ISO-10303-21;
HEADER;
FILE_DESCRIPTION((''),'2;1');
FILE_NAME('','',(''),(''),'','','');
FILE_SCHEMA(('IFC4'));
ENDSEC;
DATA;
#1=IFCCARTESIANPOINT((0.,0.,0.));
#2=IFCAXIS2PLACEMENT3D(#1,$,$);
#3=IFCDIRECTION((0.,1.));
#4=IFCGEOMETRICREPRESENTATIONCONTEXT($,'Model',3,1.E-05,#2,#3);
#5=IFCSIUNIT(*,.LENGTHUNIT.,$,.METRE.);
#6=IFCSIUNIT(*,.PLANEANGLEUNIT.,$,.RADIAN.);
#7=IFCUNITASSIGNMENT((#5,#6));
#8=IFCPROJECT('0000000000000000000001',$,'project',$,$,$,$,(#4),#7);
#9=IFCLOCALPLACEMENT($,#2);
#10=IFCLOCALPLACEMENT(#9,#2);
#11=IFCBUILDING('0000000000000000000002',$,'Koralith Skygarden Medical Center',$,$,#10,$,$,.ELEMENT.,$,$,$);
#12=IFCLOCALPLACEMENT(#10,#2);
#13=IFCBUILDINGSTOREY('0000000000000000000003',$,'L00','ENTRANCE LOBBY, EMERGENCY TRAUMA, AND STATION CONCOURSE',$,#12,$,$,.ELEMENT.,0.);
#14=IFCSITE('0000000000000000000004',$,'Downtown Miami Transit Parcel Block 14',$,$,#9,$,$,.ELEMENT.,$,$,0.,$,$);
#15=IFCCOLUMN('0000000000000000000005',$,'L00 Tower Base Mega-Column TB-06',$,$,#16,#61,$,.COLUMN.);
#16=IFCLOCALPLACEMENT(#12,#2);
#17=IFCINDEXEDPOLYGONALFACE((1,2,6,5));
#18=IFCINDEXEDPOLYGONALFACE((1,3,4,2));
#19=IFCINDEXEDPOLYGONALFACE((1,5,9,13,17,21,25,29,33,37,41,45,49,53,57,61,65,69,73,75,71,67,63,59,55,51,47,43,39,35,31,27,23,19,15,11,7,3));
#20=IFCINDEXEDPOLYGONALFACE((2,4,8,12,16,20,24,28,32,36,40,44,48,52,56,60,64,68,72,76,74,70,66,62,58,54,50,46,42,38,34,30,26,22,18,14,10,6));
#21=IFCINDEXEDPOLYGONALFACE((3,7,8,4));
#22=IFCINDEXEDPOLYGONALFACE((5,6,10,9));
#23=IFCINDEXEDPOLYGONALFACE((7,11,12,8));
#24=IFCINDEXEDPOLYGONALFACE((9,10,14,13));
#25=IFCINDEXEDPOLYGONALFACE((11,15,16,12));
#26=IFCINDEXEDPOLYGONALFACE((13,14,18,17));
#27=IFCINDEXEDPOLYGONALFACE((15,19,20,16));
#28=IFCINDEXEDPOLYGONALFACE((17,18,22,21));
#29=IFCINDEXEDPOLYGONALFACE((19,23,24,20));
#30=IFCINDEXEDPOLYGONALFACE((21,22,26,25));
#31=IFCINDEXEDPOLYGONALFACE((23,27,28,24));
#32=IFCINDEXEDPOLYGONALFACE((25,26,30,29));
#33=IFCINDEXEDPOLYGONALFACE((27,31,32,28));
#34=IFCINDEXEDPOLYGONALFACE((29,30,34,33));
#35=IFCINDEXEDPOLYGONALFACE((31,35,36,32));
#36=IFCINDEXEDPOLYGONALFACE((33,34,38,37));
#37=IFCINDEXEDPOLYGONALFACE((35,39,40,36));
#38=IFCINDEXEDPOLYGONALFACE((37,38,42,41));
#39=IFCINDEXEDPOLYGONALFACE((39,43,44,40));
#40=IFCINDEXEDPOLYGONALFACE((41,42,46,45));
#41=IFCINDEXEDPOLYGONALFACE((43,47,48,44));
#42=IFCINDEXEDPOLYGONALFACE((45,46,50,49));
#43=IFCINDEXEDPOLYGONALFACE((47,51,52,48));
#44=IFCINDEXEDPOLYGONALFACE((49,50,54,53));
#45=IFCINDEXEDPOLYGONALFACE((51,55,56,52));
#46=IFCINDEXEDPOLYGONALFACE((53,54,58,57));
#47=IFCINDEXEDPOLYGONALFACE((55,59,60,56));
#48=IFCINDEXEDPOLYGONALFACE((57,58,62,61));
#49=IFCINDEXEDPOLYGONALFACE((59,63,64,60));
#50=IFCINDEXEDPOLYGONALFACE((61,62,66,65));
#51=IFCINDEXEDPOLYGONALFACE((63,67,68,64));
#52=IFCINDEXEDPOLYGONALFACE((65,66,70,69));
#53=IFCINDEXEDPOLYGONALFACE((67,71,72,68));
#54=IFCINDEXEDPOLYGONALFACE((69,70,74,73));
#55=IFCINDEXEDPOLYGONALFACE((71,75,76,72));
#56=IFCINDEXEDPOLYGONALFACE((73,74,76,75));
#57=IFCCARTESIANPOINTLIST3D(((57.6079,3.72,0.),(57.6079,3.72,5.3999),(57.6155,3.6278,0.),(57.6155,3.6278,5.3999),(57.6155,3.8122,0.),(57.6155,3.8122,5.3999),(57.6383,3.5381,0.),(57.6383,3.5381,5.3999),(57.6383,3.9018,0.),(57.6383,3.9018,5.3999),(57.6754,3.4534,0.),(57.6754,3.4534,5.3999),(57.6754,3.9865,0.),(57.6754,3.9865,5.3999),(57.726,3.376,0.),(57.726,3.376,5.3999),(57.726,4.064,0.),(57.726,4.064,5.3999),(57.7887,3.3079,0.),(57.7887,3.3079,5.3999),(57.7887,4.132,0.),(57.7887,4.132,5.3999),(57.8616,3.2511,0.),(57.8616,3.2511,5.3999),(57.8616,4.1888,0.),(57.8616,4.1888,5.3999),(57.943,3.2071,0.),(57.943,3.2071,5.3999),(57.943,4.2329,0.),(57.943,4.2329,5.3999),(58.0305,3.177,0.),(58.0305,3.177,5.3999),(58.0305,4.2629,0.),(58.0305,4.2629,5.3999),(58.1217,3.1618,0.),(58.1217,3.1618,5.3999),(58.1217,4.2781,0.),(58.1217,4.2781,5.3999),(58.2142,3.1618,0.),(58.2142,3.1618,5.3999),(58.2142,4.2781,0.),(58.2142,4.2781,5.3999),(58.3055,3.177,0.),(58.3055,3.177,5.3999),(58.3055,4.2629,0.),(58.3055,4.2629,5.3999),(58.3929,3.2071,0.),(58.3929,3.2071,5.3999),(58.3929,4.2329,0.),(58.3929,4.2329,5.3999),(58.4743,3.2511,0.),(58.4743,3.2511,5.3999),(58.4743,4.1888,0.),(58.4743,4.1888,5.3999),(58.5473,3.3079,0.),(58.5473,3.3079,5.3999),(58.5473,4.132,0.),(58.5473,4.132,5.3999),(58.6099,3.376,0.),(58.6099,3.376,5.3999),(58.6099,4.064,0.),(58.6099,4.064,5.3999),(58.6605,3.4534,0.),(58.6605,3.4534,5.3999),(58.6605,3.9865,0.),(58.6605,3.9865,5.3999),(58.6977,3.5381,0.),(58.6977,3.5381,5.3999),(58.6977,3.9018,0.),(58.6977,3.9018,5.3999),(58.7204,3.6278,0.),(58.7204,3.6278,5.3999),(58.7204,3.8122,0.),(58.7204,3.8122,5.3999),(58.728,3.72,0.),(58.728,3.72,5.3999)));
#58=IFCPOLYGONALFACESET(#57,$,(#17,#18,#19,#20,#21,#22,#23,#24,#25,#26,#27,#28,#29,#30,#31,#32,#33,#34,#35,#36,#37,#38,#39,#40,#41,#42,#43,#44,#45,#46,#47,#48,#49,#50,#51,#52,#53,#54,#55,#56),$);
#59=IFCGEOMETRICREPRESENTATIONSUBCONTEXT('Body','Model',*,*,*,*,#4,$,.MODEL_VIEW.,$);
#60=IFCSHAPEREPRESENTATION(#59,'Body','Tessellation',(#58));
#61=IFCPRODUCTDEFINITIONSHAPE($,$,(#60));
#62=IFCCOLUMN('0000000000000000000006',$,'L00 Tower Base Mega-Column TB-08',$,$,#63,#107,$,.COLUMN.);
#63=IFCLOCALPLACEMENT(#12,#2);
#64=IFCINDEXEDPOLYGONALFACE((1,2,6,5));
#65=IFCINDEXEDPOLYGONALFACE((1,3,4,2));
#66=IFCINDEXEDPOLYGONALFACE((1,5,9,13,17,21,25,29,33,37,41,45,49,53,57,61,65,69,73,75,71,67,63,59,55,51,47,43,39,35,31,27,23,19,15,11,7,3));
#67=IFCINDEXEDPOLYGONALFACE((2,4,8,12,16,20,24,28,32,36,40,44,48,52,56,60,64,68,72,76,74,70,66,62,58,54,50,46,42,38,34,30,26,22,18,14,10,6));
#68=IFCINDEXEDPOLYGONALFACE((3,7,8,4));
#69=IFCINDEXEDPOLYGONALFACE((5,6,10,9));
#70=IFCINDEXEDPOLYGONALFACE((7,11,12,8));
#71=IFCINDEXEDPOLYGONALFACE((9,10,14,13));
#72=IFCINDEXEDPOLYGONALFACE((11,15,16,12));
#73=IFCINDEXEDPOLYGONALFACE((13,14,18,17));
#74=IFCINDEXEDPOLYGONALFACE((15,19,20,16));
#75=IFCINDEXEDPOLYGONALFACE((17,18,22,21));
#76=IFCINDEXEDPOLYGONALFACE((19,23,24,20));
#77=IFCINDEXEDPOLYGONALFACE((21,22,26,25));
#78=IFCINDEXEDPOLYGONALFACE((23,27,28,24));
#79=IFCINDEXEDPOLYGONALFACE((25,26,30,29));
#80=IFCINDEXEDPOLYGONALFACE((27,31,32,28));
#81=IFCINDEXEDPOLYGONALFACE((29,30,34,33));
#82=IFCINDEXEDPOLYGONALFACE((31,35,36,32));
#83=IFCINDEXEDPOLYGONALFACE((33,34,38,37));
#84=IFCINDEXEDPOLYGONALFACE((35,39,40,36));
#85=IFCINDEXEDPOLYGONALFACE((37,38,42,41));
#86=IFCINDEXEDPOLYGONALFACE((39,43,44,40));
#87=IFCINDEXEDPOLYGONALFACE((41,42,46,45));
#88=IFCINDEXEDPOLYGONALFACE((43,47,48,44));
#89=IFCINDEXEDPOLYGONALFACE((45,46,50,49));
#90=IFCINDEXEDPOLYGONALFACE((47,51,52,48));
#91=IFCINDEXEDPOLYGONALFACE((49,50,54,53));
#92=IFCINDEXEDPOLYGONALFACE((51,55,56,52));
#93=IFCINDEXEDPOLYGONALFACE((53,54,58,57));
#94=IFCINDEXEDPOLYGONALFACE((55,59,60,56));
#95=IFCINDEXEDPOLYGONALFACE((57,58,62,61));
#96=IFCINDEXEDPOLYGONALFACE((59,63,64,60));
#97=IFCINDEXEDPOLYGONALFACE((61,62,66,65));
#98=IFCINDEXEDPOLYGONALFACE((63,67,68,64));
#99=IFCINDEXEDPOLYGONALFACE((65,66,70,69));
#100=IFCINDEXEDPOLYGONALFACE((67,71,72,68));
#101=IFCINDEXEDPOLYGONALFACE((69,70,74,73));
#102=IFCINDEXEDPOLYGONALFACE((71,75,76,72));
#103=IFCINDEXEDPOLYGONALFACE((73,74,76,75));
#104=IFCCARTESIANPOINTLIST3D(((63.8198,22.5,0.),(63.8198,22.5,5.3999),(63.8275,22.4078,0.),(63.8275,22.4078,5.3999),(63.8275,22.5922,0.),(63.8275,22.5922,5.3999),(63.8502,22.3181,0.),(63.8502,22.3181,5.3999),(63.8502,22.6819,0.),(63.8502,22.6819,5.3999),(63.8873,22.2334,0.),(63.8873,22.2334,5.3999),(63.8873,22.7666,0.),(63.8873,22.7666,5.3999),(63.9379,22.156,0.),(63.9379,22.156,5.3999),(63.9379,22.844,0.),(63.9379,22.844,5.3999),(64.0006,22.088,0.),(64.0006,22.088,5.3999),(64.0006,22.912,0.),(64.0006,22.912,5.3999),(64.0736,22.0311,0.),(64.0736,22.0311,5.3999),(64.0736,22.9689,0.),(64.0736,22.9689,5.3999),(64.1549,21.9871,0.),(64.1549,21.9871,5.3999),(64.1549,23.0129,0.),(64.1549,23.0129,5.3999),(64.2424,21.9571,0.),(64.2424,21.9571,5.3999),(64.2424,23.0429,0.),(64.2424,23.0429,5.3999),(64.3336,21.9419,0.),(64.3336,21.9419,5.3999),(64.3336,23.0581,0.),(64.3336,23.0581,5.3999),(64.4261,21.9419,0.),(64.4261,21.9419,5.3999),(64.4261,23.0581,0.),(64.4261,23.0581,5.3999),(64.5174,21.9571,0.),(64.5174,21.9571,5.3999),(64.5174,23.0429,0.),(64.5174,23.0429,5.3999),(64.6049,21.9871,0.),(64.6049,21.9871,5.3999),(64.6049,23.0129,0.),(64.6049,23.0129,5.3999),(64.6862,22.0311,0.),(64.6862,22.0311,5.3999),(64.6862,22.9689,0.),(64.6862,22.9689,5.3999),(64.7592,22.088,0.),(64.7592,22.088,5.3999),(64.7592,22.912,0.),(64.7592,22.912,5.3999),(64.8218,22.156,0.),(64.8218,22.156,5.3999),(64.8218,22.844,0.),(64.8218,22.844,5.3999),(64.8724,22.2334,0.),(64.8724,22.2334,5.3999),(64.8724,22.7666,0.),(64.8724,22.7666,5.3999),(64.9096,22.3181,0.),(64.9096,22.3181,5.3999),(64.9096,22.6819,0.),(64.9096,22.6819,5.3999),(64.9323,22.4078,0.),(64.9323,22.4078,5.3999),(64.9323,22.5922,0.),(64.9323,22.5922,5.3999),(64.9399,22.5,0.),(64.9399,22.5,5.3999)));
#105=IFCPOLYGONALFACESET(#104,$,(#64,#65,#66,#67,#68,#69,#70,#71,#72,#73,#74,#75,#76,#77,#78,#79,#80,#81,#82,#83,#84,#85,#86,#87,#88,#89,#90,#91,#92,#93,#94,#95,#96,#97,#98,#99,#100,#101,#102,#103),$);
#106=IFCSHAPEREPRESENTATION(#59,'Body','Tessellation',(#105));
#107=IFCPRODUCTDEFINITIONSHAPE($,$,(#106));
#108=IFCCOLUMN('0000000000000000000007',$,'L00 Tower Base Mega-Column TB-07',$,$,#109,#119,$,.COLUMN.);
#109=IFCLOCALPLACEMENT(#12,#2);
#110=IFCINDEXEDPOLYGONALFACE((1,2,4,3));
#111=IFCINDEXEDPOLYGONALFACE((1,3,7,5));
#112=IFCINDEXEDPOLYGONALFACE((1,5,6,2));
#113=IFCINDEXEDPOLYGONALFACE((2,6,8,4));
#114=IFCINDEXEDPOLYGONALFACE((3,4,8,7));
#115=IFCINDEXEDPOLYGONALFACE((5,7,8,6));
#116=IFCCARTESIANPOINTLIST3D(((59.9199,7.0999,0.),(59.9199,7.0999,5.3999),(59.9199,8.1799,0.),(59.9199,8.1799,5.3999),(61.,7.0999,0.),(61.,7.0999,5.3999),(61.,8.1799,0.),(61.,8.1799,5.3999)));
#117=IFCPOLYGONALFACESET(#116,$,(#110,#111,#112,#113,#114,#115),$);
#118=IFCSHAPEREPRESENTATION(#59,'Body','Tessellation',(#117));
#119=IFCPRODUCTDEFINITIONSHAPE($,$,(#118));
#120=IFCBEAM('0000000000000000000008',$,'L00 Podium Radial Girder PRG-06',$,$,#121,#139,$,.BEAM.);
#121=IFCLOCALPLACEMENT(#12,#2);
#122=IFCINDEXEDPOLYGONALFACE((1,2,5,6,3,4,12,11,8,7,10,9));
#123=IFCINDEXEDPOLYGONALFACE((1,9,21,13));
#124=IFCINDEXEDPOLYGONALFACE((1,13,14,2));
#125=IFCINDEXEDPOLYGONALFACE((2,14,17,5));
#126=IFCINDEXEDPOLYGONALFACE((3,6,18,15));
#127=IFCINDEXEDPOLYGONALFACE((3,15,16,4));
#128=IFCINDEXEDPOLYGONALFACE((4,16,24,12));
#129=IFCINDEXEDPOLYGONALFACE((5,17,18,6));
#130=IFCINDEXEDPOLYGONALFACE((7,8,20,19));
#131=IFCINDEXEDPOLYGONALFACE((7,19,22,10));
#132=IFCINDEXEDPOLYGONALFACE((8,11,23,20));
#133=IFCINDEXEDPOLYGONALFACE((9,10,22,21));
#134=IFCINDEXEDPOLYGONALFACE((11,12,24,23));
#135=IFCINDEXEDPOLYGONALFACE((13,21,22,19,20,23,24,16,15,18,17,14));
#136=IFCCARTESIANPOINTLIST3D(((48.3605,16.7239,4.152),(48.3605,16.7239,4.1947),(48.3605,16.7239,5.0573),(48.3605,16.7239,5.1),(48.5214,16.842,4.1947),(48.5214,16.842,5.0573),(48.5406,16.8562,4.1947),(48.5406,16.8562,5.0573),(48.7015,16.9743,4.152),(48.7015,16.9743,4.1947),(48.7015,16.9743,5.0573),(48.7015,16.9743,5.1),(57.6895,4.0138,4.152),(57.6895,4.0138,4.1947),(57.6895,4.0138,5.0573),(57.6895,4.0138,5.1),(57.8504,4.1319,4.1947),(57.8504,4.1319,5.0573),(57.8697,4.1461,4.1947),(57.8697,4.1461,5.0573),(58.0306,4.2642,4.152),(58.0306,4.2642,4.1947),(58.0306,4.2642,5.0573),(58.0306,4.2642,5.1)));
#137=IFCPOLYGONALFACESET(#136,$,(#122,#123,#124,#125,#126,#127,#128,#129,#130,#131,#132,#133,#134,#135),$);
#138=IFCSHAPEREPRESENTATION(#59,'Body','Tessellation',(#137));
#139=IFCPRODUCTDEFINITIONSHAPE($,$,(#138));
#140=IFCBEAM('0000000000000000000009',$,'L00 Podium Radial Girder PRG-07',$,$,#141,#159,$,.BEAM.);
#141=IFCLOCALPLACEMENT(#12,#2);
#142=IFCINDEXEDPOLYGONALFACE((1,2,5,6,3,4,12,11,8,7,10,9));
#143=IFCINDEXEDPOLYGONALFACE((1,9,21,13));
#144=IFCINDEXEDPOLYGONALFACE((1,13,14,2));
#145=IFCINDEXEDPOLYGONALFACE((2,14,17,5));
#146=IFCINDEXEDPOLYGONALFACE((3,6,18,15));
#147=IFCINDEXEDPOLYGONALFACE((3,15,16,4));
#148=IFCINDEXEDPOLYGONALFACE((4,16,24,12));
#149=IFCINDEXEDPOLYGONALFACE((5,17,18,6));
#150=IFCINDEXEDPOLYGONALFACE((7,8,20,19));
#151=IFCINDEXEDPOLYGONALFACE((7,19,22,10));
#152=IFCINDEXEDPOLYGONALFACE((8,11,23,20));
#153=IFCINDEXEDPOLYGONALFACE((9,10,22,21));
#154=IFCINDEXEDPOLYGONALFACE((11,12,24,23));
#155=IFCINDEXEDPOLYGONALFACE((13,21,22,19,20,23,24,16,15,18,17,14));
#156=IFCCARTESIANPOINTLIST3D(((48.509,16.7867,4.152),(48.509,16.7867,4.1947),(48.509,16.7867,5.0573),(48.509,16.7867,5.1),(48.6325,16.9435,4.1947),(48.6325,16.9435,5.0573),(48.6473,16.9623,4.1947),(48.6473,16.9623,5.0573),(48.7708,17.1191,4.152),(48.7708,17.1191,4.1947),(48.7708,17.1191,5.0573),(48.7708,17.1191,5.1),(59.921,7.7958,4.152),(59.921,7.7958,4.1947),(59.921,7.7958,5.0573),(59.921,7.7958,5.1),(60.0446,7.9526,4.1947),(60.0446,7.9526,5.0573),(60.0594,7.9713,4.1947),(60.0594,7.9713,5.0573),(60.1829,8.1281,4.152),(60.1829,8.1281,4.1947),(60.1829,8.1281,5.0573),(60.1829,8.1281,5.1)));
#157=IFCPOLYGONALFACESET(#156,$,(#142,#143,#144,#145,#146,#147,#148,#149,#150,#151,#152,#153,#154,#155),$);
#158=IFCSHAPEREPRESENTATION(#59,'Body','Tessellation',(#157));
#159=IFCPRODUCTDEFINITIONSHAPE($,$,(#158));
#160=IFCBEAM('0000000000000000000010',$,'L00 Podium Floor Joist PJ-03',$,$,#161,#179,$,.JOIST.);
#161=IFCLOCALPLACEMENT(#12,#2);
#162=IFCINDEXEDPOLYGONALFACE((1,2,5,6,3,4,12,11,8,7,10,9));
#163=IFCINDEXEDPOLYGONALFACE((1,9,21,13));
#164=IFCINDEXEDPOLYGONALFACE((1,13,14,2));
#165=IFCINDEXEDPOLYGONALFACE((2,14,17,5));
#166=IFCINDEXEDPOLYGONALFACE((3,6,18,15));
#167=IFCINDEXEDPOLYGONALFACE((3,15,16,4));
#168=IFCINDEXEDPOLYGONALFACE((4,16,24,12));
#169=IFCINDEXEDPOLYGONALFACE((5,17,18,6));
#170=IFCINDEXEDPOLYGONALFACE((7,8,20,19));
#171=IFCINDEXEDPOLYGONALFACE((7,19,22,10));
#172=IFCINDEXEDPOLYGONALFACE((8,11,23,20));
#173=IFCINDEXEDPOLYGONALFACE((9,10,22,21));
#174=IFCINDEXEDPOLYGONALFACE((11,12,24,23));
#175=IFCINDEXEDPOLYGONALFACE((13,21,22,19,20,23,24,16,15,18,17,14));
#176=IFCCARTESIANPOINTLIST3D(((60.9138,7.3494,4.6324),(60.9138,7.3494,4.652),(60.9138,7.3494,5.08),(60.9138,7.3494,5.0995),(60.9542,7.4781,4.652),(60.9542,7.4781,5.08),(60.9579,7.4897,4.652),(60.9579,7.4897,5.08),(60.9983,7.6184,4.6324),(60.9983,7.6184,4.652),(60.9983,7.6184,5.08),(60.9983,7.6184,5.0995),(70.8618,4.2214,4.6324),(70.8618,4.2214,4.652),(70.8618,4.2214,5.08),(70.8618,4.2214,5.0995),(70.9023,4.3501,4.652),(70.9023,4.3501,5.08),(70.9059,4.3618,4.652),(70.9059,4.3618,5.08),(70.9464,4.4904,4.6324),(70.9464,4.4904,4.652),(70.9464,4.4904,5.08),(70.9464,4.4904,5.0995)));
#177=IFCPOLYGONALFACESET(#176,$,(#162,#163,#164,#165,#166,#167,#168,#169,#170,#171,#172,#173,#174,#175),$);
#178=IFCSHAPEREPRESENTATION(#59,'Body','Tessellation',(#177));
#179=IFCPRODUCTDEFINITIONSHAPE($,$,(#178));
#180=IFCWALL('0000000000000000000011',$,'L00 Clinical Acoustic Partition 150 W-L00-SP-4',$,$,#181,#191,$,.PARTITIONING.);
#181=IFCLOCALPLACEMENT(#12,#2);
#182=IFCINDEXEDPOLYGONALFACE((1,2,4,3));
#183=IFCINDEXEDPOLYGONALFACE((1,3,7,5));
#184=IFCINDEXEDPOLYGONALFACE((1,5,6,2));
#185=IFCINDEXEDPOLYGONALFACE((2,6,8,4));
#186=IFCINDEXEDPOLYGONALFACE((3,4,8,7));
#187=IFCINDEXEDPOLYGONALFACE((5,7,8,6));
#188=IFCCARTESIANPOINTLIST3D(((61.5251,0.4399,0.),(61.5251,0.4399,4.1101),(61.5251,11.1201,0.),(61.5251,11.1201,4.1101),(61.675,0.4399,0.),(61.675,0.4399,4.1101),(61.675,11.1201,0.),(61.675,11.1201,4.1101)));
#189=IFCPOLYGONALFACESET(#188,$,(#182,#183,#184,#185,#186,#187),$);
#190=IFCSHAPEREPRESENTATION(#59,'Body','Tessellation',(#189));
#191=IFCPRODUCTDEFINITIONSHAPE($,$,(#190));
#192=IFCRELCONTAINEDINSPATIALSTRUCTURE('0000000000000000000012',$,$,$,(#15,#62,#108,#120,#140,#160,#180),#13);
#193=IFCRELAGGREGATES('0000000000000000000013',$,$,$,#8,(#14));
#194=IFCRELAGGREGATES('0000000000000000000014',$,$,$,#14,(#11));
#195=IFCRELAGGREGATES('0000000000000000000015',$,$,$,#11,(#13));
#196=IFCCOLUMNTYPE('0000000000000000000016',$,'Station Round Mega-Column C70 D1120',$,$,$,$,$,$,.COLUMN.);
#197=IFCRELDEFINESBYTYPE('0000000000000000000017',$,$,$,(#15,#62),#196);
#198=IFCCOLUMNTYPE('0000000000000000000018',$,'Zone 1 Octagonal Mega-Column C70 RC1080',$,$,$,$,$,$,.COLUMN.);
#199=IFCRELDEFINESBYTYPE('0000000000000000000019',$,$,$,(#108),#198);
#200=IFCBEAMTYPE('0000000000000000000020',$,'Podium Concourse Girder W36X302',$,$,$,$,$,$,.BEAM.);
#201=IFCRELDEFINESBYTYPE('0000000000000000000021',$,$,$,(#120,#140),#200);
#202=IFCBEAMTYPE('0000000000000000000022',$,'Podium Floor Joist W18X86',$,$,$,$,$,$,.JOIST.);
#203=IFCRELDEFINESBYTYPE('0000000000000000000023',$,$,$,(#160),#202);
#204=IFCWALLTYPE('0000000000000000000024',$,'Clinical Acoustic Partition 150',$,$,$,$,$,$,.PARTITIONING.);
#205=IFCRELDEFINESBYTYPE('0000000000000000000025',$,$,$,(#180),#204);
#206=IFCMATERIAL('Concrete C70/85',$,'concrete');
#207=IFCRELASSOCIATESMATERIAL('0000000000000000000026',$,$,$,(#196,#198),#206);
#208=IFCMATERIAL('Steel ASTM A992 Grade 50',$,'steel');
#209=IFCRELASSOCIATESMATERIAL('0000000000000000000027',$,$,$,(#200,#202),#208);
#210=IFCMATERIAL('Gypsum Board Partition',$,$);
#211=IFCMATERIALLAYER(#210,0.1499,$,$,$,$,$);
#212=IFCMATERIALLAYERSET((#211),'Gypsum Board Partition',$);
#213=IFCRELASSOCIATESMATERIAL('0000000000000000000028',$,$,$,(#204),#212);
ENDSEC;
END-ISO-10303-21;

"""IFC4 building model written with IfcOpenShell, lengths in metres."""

from ifc_helpers import new_model, si_unit, direction, frame, frame_2d, origin, origin_2d, place, context, subcontext, project, spatial, rectangle, circle, i_section, extrude, material, layer, layer_set, material_profile, profile_set, type_object, element, save


model = new_model("IFC4")

# Units and contexts
model_context = context("Model", 3, precision=1e-05, world=origin(), true_north=direction((0.0, 1.0)))
body_context = subcontext(model_context, "Body", "Model", "MODEL_VIEW")
ifc_project = project(units=[si_unit("LENGTHUNIT", "METRE"), si_unit("PLANEANGLEUNIT", "RADIAN")], contexts=[model_context])

# Site, building, storey
site_placement = place(None, origin())
site = spatial("IfcSite", under=ifc_project, at=site_placement, Name="Downtown Miami Transit Parcel Block 14", CompositionType="ELEMENT", RefElevation=0.0)
building_placement = place(site_placement, origin())
building = spatial("IfcBuilding", under=site, at=building_placement, Name="Koralith Skygarden Medical Center", CompositionType="ELEMENT")
storey_placement = place(building_placement, origin())
storey = spatial("IfcBuildingStorey", under=building, at=storey_placement, Name="L00", Description="ENTRANCE LOBBY, EMERGENCY TRAUMA, AND STATION CONCOURSE", CompositionType="ELEMENT", Elevation=0.0)

# Columns
ifc_material_1 = material(Name="Concrete C70/85", Category="concrete")
ifc_material_profile_1 = material_profile(ifc_material_1, circle(Radius=0.5601, at=origin_2d()), Name="RCCOL1120")
ifc_profile_set_1 = profile_set([ifc_material_profile_1], Name="Concrete C70/85")
column_type_1 = type_object("IfcColumnType", Name="Station Round Mega-Column C70 D1120", PredefinedType="COLUMN", material=ifc_profile_set_1)
for number, where, z_axis, x_axis, name in (
    (1, (58.168, 3.72, 0.0), (0.0, 0.0, 1.0), (1.0, 0.0, 0.0), "L00 Tower Base Mega-Column TB-06"),
    (2, (64.3799, 22.5, 0.0), (0.0, 0.0, 1.0), (1.0, 0.0, 0.0), "L00 Tower Base Mega-Column TB-08"),
):
    element("IfcColumn", number, at=place(storey_placement, frame(where, z_axis=z_axis, x_axis=x_axis)), inside=storey, type_object=column_type_1, Name=name, PredefinedType="COLUMN", context=body_context, shape_type="SweptSolid", body=[
        extrude(circle(Radius=0.5601, at=origin_2d()), origin(), (0.0, 0.0, 1.0), 5.3999),
    ])
ifc_material_profile_2 = material_profile(ifc_material_1, rectangle(XDim=1.0801, YDim=1.0801, at=origin_2d()), Name="RC1080X1080")
ifc_profile_set_2 = profile_set([ifc_material_profile_2], Name="Concrete C70/85")
column_type_2 = type_object("IfcColumnType", Name="Zone 1 Octagonal Mega-Column C70 RC1080", PredefinedType="COLUMN", material=ifc_profile_set_2)
column_placement = place(storey_placement, frame((60.46, 7.6399, 0.0), z_axis=(0.0, 0.0, 1.0), x_axis=(1.0, 0.0, 0.0)))
element("IfcColumn", 3, at=column_placement, inside=storey, type_object=column_type_2, Name="L00 Tower Base Mega-Column TB-07", PredefinedType="COLUMN", context=body_context, shape_type="SweptSolid", body=[
    extrude(rectangle(XDim=1.0801, YDim=1.0801, at=origin_2d()), origin(), (0.0, 0.0, 1.0), 5.3999),
])

# Beams
ifc_material_2 = material(Name="Steel ASTM A992 Grade 50", Category="steel")
ifc_material_profile_3 = material_profile(ifc_material_2, i_section(OverallWidth=0.4231, OverallDepth=0.948, WebThickness=0.0239, FlangeThickness=0.0427, at=origin_2d()), Name="W36X302")
ifc_profile_set_3 = profile_set([ifc_material_profile_3], Name="Steel ASTM A992 Grade 50")
beam_type_1 = type_object("IfcBeamType", Name="Podium Concourse Girder W36X302", PredefinedType="BEAM", material=ifc_profile_set_3)
beam_1_placement = place(storey_placement, frame((48.531, 16.8491, 4.626), z_axis=(0.591705, -0.806154, 0.0), x_axis=(0.806154, 0.591705, 0.0)))
element("IfcBeam", 4, at=beam_1_placement, inside=storey, type_object=beam_type_1, Name="L00 Podium Radial Girder PRG-06", PredefinedType="BEAM", context=body_context, shape_type="SweptSolid", body=[
    extrude(i_section(OverallWidth=0.4231, OverallDepth=0.948, WebThickness=0.0239, FlangeThickness=0.0427, at=origin_2d()), origin(), (0.0, 0.0, 1.0), 15.7664),
])
beam_2_placement = place(storey_placement, frame((48.6399, 16.9529, 4.626), z_axis=(0.785505, -0.618856, 0.0), x_axis=(0.618856, 0.785505, 0.0)))
element("IfcBeam", 5, at=beam_2_placement, inside=storey, type_object=beam_type_1, Name="L00 Podium Radial Girder PRG-07", PredefinedType="BEAM", context=body_context, shape_type="SweptSolid", body=[
    extrude(i_section(OverallWidth=0.4231, OverallDepth=0.948, WebThickness=0.0239, FlangeThickness=0.0427, at=origin_2d()), origin(), (0.0, 0.0, 1.0), 14.5283),
])
ifc_material_profile_4 = material_profile(ifc_material_2, i_section(OverallWidth=0.282, OverallDepth=0.467, WebThickness=0.0122, FlangeThickness=0.0195, at=origin_2d()), Name="W18X86")
ifc_profile_set_4 = profile_set([ifc_material_profile_4], Name="Steel ASTM A992 Grade 50")
beam_type_2 = type_object("IfcBeamType", Name="Podium Floor Joist W18X86", PredefinedType="JOIST", material=ifc_profile_set_4)
beam_3_placement = place(storey_placement, frame((60.9561, 7.4839, 4.866), z_axis=(0.953955, -0.29995, 0.0), x_axis=(0.29995, 0.953955, 0.0)))
element("IfcBeam", 6, at=beam_3_placement, inside=storey, type_object=beam_type_2, Name="L00 Podium Floor Joist PJ-03", PredefinedType="JOIST", context=body_context, shape_type="SweptSolid", body=[
    extrude(i_section(OverallWidth=0.282, OverallDepth=0.467, WebThickness=0.0122, FlangeThickness=0.0195, at=origin_2d()), origin(), (0.0, 0.0, 1.0), 10.4282),
])

# Wall
ifc_material_3 = material(Name="Gypsum Board Partition")
ifc_layer_1 = layer(ifc_material_3, 0.1499)
ifc_layer_set_1 = layer_set([ifc_layer_1], Name="Gypsum Board Partition")
wall_type_1 = type_object("IfcWallType", Name="Clinical Acoustic Partition 150", PredefinedType="PARTITIONING", material=ifc_layer_set_1)
for number, where, z_axis, x_axis, name in (
    (7, (61.6001, 0.4399, 0.0), (0.0, 0.0, 1.0), (0.0, 1.0, 0.0), "L00 Clinical Acoustic Partition 150 W-L00-SP-4"),
):
    element("IfcWall", number, at=place(storey_placement, frame(where, z_axis=z_axis, x_axis=x_axis)), inside=storey, type_object=wall_type_1, Name=name, PredefinedType="PARTITIONING", context=body_context, shape_type="SweptSolid", body=[
        extrude(rectangle(XDim=10.6802, YDim=0.1499, at=frame_2d((5.3401, 0.0))), origin(), (0.0, 0.0, 1.0), 4.1101),
    ])

save(model, "model.ifc")
